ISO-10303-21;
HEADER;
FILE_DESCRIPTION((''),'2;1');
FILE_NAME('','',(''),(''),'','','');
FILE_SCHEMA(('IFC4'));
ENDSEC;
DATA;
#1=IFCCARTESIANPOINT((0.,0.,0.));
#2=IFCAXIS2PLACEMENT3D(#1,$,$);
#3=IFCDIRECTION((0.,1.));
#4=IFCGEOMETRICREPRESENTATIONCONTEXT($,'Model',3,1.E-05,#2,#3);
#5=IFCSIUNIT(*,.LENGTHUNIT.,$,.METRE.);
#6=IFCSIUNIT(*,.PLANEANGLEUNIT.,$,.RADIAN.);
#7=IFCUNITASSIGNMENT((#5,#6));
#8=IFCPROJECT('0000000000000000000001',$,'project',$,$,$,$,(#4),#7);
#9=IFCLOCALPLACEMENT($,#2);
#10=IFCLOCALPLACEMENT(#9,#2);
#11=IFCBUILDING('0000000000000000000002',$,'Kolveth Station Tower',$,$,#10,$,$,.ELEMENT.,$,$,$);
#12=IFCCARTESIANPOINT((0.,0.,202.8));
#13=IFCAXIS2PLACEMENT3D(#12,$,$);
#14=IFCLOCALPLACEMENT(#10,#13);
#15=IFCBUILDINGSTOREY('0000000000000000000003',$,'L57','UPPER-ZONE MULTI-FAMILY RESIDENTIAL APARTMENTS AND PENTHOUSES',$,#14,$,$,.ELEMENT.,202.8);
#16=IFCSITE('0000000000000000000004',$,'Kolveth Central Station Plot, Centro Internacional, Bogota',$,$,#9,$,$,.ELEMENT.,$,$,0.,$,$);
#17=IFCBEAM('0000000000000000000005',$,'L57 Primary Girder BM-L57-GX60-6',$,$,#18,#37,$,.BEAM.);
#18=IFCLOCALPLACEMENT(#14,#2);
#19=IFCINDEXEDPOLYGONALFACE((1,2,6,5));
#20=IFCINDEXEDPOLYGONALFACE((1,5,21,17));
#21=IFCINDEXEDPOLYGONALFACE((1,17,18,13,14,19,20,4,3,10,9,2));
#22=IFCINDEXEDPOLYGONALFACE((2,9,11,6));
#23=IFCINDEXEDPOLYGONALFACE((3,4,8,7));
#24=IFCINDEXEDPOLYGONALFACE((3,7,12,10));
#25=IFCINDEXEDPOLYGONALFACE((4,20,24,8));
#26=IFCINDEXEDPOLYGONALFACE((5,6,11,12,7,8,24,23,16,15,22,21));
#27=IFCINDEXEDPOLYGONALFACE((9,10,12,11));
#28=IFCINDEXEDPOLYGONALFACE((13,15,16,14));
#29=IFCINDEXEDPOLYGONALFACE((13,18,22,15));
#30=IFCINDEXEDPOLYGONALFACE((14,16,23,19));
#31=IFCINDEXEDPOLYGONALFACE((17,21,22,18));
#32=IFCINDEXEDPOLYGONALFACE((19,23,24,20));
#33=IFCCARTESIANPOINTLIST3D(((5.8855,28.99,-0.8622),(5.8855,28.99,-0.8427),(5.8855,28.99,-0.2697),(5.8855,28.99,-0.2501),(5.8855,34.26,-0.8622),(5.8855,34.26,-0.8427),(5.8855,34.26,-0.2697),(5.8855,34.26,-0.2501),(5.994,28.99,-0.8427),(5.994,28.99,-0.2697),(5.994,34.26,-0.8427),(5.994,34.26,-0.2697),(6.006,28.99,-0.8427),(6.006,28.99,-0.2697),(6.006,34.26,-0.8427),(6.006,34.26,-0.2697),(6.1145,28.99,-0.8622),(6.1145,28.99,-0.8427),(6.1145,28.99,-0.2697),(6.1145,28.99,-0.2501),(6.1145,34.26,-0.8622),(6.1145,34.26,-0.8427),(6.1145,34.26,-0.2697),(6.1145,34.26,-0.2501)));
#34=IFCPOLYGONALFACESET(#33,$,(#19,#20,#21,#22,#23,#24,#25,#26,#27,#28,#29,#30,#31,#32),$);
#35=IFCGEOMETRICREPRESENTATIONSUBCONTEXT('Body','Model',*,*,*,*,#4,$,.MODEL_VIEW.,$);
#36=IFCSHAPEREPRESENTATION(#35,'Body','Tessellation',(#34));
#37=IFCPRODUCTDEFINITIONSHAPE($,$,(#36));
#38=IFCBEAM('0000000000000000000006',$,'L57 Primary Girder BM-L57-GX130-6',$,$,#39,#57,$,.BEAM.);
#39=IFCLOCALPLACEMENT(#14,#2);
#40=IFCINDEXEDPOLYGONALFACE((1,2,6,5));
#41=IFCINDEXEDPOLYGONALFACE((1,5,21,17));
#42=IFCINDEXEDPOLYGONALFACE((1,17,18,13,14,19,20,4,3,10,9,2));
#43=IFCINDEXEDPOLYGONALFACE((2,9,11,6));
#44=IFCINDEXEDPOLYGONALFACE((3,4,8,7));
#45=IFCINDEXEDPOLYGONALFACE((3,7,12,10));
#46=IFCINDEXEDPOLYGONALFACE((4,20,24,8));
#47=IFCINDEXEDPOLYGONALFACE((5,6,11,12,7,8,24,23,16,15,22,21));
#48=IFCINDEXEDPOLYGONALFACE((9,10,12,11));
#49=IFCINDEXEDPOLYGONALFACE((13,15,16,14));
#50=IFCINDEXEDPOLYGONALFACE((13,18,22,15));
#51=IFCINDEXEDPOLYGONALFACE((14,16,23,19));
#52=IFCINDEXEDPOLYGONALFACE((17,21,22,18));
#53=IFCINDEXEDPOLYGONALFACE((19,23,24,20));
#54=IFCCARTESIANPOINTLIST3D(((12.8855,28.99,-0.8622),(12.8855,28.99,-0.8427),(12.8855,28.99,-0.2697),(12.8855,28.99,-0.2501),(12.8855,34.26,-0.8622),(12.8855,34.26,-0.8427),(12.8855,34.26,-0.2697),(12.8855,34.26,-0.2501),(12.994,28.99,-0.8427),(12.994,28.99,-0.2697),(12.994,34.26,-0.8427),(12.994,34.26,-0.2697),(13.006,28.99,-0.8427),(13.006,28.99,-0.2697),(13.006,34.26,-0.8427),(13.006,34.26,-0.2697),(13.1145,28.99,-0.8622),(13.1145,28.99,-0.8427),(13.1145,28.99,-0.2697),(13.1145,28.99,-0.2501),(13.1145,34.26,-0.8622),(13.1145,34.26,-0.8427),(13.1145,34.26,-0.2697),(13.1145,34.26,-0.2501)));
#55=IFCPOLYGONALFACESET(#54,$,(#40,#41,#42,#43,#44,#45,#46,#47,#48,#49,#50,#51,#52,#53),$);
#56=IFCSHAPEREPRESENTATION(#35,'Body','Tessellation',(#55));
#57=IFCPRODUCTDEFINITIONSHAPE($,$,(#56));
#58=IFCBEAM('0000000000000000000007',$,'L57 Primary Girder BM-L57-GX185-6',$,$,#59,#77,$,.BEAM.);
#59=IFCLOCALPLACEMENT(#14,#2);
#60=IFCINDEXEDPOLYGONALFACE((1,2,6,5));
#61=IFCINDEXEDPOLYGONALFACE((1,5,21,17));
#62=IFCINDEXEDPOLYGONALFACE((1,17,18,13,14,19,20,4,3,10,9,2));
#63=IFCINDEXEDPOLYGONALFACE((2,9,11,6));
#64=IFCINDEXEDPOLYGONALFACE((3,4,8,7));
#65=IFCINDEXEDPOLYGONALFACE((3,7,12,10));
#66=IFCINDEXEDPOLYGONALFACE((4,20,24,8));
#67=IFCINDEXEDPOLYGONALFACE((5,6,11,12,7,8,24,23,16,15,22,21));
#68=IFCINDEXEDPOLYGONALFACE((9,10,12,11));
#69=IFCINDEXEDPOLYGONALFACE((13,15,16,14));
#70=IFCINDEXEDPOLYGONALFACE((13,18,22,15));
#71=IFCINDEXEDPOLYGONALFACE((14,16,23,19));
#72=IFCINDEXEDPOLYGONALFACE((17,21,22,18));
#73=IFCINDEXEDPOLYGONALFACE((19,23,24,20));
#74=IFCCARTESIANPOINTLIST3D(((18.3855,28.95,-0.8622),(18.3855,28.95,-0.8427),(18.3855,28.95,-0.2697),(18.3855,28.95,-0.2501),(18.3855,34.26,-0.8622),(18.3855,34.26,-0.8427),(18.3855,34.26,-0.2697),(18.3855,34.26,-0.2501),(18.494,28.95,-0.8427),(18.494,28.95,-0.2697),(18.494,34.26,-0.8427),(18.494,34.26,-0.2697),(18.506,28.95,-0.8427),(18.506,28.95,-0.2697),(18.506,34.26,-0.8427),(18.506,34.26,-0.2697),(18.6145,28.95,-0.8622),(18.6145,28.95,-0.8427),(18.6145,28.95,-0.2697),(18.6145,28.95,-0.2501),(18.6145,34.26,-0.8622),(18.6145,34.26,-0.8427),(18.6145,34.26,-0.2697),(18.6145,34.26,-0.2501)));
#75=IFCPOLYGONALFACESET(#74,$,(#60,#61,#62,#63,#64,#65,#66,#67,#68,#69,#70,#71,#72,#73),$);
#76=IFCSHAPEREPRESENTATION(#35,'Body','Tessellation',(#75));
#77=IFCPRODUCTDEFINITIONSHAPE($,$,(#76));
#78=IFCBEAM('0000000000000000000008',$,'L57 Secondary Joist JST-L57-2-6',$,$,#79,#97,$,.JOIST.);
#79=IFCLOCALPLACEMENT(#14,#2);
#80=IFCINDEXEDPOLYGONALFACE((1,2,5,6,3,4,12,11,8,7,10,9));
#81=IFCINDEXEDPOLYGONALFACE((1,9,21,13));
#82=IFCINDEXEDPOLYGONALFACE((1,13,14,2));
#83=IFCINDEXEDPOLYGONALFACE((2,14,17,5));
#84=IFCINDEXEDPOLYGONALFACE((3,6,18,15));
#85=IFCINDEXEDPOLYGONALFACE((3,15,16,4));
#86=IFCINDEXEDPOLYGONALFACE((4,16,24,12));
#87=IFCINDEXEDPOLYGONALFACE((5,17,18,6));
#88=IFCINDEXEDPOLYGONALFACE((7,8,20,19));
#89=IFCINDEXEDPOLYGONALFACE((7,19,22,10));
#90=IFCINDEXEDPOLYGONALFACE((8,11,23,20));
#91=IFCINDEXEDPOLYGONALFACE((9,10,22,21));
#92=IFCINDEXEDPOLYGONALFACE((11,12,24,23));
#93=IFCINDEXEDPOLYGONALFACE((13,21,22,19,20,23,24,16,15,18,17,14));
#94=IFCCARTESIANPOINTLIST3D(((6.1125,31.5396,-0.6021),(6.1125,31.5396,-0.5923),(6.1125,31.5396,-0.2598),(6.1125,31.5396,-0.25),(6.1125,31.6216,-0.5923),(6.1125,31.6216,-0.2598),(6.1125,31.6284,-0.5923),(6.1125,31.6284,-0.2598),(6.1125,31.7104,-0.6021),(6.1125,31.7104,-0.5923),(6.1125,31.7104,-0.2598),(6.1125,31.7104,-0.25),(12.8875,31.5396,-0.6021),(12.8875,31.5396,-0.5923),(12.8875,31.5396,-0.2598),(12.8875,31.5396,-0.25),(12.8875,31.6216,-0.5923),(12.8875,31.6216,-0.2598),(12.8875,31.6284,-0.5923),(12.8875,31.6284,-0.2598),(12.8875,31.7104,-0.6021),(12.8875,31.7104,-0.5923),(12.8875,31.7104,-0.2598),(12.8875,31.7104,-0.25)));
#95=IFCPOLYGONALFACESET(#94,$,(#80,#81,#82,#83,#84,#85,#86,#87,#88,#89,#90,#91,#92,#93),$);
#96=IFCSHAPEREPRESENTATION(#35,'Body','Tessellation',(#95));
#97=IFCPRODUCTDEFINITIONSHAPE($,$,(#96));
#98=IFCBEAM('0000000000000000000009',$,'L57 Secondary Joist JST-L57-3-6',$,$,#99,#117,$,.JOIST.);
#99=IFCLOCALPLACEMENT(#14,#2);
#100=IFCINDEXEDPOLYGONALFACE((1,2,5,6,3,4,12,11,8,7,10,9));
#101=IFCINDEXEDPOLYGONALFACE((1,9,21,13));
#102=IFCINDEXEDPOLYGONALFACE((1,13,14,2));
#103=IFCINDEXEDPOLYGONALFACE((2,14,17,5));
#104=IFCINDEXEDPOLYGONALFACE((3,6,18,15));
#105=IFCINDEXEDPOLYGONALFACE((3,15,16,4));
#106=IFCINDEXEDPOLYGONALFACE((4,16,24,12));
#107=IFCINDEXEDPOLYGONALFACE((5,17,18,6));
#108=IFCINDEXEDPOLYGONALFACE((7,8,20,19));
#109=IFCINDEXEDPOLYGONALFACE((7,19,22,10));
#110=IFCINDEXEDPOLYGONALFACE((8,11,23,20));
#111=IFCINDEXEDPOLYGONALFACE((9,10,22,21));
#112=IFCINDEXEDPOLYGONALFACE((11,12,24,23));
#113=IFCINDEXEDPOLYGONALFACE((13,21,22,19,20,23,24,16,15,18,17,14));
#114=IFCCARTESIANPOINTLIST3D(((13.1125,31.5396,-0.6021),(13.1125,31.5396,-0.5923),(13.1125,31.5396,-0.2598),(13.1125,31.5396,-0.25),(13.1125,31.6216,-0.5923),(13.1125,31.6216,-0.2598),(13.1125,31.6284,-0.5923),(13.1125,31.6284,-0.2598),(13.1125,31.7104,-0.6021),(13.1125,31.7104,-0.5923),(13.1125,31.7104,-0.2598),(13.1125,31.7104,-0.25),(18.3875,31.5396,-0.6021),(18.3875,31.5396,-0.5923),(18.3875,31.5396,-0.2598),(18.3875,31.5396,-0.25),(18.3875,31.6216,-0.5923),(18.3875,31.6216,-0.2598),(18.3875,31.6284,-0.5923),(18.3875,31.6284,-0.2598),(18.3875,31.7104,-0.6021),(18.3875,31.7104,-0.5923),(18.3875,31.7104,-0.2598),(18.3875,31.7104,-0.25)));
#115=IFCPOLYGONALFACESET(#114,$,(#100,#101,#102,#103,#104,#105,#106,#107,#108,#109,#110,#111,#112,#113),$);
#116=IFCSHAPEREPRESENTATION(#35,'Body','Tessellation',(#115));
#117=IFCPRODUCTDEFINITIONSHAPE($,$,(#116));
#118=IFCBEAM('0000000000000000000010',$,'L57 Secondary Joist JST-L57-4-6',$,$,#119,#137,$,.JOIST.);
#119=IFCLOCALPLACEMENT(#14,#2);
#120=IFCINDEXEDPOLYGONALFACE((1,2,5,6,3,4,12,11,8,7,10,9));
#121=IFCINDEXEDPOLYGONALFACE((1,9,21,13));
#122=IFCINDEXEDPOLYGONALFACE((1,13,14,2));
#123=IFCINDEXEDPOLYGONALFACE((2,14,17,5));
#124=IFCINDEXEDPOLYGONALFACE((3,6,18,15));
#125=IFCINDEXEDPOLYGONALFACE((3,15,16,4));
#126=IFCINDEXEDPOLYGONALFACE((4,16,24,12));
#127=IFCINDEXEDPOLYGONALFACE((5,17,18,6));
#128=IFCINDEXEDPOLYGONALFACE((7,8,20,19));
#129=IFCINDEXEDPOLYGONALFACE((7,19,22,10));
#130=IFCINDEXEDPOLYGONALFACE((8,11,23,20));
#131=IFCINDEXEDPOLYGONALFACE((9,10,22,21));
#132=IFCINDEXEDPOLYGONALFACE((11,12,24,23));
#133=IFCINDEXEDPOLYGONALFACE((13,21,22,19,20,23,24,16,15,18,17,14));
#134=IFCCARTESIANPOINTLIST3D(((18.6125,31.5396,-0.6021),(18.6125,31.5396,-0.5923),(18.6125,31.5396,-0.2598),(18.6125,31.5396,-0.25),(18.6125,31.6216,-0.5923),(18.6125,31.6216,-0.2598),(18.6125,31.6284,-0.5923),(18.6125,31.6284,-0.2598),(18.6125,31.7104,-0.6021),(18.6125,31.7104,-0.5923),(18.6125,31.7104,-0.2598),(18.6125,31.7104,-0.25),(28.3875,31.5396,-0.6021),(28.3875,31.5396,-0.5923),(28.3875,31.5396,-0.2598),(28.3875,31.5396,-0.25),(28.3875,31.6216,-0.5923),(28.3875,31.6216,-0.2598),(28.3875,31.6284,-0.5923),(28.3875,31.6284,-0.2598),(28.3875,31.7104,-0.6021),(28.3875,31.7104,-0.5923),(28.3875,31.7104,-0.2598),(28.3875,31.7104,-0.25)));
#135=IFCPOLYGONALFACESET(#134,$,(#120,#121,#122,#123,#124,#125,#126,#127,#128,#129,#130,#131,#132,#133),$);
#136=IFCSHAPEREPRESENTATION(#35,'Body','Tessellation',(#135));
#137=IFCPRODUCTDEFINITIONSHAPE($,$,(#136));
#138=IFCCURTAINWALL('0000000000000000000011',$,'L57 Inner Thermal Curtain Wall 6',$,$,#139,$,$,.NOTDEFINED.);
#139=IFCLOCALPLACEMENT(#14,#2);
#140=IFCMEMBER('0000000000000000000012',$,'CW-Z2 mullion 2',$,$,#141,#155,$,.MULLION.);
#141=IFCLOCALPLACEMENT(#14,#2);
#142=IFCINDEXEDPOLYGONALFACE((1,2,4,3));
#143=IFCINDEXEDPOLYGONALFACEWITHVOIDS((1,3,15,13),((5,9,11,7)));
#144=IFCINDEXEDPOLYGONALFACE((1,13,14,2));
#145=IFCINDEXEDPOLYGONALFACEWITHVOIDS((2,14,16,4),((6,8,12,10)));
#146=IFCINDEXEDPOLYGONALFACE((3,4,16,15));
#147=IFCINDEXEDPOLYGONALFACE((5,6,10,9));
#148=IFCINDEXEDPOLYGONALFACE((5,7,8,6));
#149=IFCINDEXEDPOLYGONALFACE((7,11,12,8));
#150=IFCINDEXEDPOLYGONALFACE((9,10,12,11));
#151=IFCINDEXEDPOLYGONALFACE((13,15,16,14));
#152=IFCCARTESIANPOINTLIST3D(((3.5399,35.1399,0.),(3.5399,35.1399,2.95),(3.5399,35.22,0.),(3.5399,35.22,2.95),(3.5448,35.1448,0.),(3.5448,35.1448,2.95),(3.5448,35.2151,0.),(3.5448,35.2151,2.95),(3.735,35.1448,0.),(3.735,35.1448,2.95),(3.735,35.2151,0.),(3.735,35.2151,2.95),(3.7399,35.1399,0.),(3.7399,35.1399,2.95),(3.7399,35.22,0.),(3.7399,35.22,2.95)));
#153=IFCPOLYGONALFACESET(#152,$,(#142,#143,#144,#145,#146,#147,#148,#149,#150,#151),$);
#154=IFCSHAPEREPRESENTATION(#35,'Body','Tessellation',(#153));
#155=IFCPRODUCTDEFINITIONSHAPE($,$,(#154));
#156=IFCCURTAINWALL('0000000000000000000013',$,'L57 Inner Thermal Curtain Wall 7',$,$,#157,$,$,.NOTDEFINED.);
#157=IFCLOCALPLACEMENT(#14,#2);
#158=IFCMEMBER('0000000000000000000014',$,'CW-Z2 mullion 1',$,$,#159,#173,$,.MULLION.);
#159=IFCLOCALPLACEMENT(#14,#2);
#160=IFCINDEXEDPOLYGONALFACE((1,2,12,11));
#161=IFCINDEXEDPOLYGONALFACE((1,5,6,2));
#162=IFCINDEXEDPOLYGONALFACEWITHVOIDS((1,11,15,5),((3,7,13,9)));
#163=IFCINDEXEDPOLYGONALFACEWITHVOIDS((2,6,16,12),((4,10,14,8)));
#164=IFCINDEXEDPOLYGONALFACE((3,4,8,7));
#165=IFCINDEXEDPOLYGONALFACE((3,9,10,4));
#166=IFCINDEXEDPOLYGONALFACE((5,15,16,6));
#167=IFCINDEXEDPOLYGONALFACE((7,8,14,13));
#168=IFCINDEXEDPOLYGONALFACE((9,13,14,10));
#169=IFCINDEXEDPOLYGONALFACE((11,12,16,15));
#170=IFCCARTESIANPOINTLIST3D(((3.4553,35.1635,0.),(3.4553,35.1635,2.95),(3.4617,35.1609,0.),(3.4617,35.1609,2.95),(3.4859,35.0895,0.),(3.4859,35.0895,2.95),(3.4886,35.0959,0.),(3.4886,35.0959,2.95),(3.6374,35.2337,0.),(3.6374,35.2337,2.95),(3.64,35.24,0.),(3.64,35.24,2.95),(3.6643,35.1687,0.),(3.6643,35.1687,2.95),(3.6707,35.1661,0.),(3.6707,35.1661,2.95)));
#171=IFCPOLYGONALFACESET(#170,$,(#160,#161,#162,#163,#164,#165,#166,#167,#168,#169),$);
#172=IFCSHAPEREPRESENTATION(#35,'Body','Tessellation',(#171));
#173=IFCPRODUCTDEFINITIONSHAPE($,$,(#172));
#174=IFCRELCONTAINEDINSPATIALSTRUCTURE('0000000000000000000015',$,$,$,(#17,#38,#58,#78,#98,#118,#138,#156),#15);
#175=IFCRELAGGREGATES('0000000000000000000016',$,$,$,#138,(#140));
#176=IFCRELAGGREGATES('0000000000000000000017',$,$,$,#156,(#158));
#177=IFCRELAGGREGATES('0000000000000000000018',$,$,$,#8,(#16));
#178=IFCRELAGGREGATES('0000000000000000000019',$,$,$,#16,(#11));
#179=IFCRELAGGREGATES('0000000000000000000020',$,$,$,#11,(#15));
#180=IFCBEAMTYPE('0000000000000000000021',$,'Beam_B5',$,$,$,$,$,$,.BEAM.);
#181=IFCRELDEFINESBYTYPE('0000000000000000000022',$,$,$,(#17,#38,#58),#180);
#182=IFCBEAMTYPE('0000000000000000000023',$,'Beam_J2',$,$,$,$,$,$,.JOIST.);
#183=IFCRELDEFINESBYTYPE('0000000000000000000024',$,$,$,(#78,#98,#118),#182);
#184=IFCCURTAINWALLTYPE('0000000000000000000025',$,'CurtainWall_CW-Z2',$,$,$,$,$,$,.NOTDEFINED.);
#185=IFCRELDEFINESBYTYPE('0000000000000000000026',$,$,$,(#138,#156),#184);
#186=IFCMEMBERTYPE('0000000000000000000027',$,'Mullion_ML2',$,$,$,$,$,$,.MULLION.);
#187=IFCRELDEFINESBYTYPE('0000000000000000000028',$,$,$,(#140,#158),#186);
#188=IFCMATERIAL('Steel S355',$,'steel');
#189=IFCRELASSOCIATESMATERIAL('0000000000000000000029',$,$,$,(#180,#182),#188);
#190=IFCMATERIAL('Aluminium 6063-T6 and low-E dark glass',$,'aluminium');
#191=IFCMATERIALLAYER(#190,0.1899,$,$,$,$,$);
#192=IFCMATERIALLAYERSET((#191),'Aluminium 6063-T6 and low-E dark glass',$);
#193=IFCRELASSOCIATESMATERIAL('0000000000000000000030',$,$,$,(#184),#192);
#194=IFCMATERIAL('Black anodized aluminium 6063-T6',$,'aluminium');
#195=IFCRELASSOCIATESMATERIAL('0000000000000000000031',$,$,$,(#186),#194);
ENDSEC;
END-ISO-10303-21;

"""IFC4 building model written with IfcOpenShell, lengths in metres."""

from ifc_helpers import new_model, si_unit, direction, frame, origin, origin_2d, place, context, subcontext, project, spatial, hollow_rectangle, i_section, extrude, source, transform, mapped, material, layer, layer_set, material_profile, profile_set, type_object, element, aggregate, save


model = new_model("IFC4")

# Units and contexts
model_context = context("Model", 3, precision=1e-05, world=origin(), true_north=direction((0.0, 1.0)))
body_context = subcontext(model_context, "Body", "Model", "MODEL_VIEW")
ifc_project = project(units=[si_unit("LENGTHUNIT", "METRE"), si_unit("PLANEANGLEUNIT", "RADIAN")], contexts=[model_context])

# Site, building, storey
site_placement = place(None, origin())
site = spatial("IfcSite", under=ifc_project, at=site_placement, Name="Kolveth Central Station Plot, Centro Internacional, Bogota", CompositionType="ELEMENT", RefElevation=0.0)
building_placement = place(site_placement, origin())
building = spatial("IfcBuilding", under=site, at=building_placement, Name="Kolveth Station Tower", CompositionType="ELEMENT")
storey_placement = place(building_placement, frame((0.0, 0.0, 202.8)))
storey = spatial("IfcBuildingStorey", under=building, at=storey_placement, Name="L57", Description="UPPER-ZONE MULTI-FAMILY RESIDENTIAL APARTMENTS AND PENTHOUSES", CompositionType="ELEMENT", Elevation=202.8)

# Shared definitions
ifc_material_1 = material(Name="Steel S355", Category="steel")

# Beams
ifc_material_profile_1 = material_profile(ifc_material_1, i_section(OverallWidth=0.229, OverallDepth=0.6121, WebThickness=0.012, FlangeThickness=0.0195, at=origin_2d()), Name="W610x125")
ifc_profile_set_1 = profile_set([ifc_material_profile_1], Name="Steel S355")
beam_type_1 = type_object("IfcBeamType", Name="Beam_B5", PredefinedType="BEAM", material=ifc_profile_set_1)
shared_shape_1 = source(origin(), body_context, "Body", "SweptSolid", [
    extrude(i_section(OverallWidth=0.229, OverallDepth=0.6121, WebThickness=0.012, FlangeThickness=0.0195, at=origin_2d()), origin(), (0.0, 0.0, 1.0), 5.27),
])
for number, where, z_axis, x_axis, name in (
    (1, (6.0, 28.99, -0.5562), (0.0, 1.0, 0.0), (-1.0, 0.0, 0.0), "L57 Primary Girder BM-L57-GX60-6"),
    (2, (13.0, 28.99, -0.5562), (0.0, 1.0, 0.0), (-1.0, 0.0, 0.0), "L57 Primary Girder BM-L57-GX130-6"),
):
    element("IfcBeam", number, at=place(storey_placement, frame(where, z_axis=z_axis, x_axis=x_axis)), inside=storey, type_object=beam_type_1, Name=name, PredefinedType="BEAM", context=body_context, shape_type="MappedRepresentation", body=[
        mapped(shared_shape_1, transform((0.0, 0.0, 0.0), x_axis=(1.0, 0.0, 0.0), y_axis=(0.0, 1.0, 0.0), z_axis=(0.0, 0.0, 1.0), scale=1.0)),
    ])
shared_shape_2 = source(origin(), body_context, "Body", "SweptSolid", [
    extrude(i_section(OverallWidth=0.229, OverallDepth=0.6121, WebThickness=0.012, FlangeThickness=0.0195, at=origin_2d()), origin(), (0.0, 0.0, 1.0), 5.3101),
])
beam_1_placement = place(storey_placement, frame((18.5, 28.95, -0.5562), z_axis=(0.0, 1.0, 0.0), x_axis=(-1.0, 0.0, 0.0)))
element("IfcBeam", 3, at=beam_1_placement, inside=storey, type_object=beam_type_1, Name="L57 Primary Girder BM-L57-GX185-6", PredefinedType="BEAM", context=body_context, shape_type="MappedRepresentation", body=[
    mapped(shared_shape_2, transform((0.0, 0.0, 0.0), x_axis=(1.0, 0.0, 0.0), y_axis=(0.0, 1.0, 0.0), z_axis=(0.0, 0.0, 1.0), scale=1.0)),
])
ifc_material_profile_2 = material_profile(ifc_material_1, i_section(OverallWidth=0.1709, OverallDepth=0.3521, WebThickness=0.0068, FlangeThickness=0.0098, at=origin_2d()), Name="W360x44")
ifc_profile_set_2 = profile_set([ifc_material_profile_2], Name="Steel S355")
beam_type_2 = type_object("IfcBeamType", Name="Beam_J2", PredefinedType="JOIST", material=ifc_profile_set_2)
shared_shape_3 = source(origin(), body_context, "Body", "SweptSolid", [
    extrude(i_section(OverallWidth=0.1709, OverallDepth=0.3521, WebThickness=0.0068, FlangeThickness=0.0098, at=origin_2d()), origin(), (0.0, 0.0, 1.0), 6.7749),
])
beam_2_placement = place(storey_placement, frame((6.1125, 31.625, -0.426), z_axis=(1.0, 0.0, 0.0), x_axis=(0.0, 1.0, 0.0)))
element("IfcBeam", 4, at=beam_2_placement, inside=storey, type_object=beam_type_2, Name="L57 Secondary Joist JST-L57-2-6", PredefinedType="JOIST", context=body_context, shape_type="MappedRepresentation", body=[
    mapped(shared_shape_3, transform((0.0, 0.0, 0.0), x_axis=(1.0, 0.0, 0.0), y_axis=(0.0, 1.0, 0.0), z_axis=(0.0, 0.0, 1.0), scale=1.0)),
])
shared_shape_4 = source(origin(), body_context, "Body", "SweptSolid", [
    extrude(i_section(OverallWidth=0.1709, OverallDepth=0.3521, WebThickness=0.0068, FlangeThickness=0.0098, at=origin_2d()), origin(), (0.0, 0.0, 1.0), 5.2749),
])
beam_3_placement = place(storey_placement, frame((13.1125, 31.625, -0.426), z_axis=(1.0, 0.0, 0.0), x_axis=(0.0, 1.0, 0.0)))
element("IfcBeam", 5, at=beam_3_placement, inside=storey, type_object=beam_type_2, Name="L57 Secondary Joist JST-L57-3-6", PredefinedType="JOIST", context=body_context, shape_type="MappedRepresentation", body=[
    mapped(shared_shape_4, transform((0.0, 0.0, 0.0), x_axis=(1.0, 0.0, 0.0), y_axis=(0.0, 1.0, 0.0), z_axis=(0.0, 0.0, 1.0), scale=1.0)),
])
shared_shape_5 = source(origin(), body_context, "Body", "SweptSolid", [
    extrude(i_section(OverallWidth=0.1709, OverallDepth=0.3521, WebThickness=0.0068, FlangeThickness=0.0098, at=origin_2d()), origin(), (0.0, 0.0, 1.0), 9.7749),
])
beam_4_placement = place(storey_placement, frame((18.6125, 31.625, -0.426), z_axis=(1.0, 0.0, 0.0), x_axis=(0.0, 1.0, 0.0)))
element("IfcBeam", 6, at=beam_4_placement, inside=storey, type_object=beam_type_2, Name="L57 Secondary Joist JST-L57-4-6", PredefinedType="JOIST", context=body_context, shape_type="MappedRepresentation", body=[
    mapped(shared_shape_5, transform((0.0, 0.0, 0.0), x_axis=(1.0, 0.0, 0.0), y_axis=(0.0, 1.0, 0.0), z_axis=(0.0, 0.0, 1.0), scale=1.0)),
])

# Curtain wall, member
ifc_material_2 = material(Name="Aluminium 6063-T6 and low-E dark glass", Category="aluminium")
ifc_layer_1 = layer(ifc_material_2, 0.1899)
ifc_layer_set_1 = layer_set([ifc_layer_1], Name="Aluminium 6063-T6 and low-E dark glass")
curtain_wall_type = type_object("IfcCurtainWallType", Name="CurtainWall_CW-Z2", PredefinedType="NOTDEFINED", material=ifc_layer_set_1)
curtain_wall_1_placement = place(storey_placement, origin())
curtain_wall_1 = element("IfcCurtainWall", 7, at=curtain_wall_1_placement, inside=storey, type_object=curtain_wall_type, Name="L57 Inner Thermal Curtain Wall 6", PredefinedType="NOTDEFINED")
ifc_material_3 = material(Name="Black anodized aluminium 6063-T6", Category="aluminium")
ifc_material_profile_3 = material_profile(ifc_material_3, hollow_rectangle(XDim=0.0801, YDim=0.2, WallThickness=0.0049, at=origin_2d()), Name="ALU-80x200x5")
ifc_profile_set_3 = profile_set([ifc_material_profile_3], Name="Black anodized aluminium 6063-T6")
member_type_1 = type_object("IfcMemberType", Name="Mullion_ML2", PredefinedType="MULLION", material=ifc_profile_set_3)
shared_shape_6 = source(origin(), body_context, "Body", "SweptSolid", [
    extrude(hollow_rectangle(XDim=0.0801, YDim=0.2, WallThickness=0.0049, at=origin_2d()), origin(), (0.0, 0.0, 1.0), 2.95),
])
member_1_placement = place(storey_placement, frame((3.6399, 35.1799, 0.0), z_axis=(0.0, 0.0, 1.0), x_axis=(0.0, -1.0, 0.0)))
member_1 = element("IfcMember", 8, at=member_1_placement, type_object=member_type_1, Name="CW-Z2 mullion 2", PredefinedType="MULLION", context=body_context, shape_type="MappedRepresentation", body=[
    mapped(shared_shape_6, transform((0.0, 0.0, 0.0), x_axis=(1.0, 0.0, 0.0), y_axis=(0.0, 1.0, 0.0), z_axis=(0.0, 0.0, 1.0), scale=1.0)),
])
aggregate(curtain_wall_1, [member_1])

# Curtain wall, member
curtain_wall_2_placement = place(storey_placement, origin())
curtain_wall_2 = element("IfcCurtainWall", 9, at=curtain_wall_2_placement, inside=storey, type_object=curtain_wall_type, Name="L57 Inner Thermal Curtain Wall 7", PredefinedType="NOTDEFINED")
member_2_placement = place(storey_placement, frame((3.563, 35.1648, 0.0), z_axis=(0.0, 0.0, 1.0), x_axis=(0.382698, -0.923874, 0.0)))
member_2 = element("IfcMember", 10, at=member_2_placement, type_object=member_type_1, Name="CW-Z2 mullion 1", PredefinedType="MULLION", context=body_context, shape_type="MappedRepresentation", body=[
    mapped(shared_shape_6, transform((0.0, 0.0, 0.0), x_axis=(1.0, 0.0, 0.0), y_axis=(0.0, 1.0, 0.0), z_axis=(0.0, 0.0, 1.0), scale=1.0)),
])
aggregate(curtain_wall_2, [member_2])

save(model, "model.ifc")
